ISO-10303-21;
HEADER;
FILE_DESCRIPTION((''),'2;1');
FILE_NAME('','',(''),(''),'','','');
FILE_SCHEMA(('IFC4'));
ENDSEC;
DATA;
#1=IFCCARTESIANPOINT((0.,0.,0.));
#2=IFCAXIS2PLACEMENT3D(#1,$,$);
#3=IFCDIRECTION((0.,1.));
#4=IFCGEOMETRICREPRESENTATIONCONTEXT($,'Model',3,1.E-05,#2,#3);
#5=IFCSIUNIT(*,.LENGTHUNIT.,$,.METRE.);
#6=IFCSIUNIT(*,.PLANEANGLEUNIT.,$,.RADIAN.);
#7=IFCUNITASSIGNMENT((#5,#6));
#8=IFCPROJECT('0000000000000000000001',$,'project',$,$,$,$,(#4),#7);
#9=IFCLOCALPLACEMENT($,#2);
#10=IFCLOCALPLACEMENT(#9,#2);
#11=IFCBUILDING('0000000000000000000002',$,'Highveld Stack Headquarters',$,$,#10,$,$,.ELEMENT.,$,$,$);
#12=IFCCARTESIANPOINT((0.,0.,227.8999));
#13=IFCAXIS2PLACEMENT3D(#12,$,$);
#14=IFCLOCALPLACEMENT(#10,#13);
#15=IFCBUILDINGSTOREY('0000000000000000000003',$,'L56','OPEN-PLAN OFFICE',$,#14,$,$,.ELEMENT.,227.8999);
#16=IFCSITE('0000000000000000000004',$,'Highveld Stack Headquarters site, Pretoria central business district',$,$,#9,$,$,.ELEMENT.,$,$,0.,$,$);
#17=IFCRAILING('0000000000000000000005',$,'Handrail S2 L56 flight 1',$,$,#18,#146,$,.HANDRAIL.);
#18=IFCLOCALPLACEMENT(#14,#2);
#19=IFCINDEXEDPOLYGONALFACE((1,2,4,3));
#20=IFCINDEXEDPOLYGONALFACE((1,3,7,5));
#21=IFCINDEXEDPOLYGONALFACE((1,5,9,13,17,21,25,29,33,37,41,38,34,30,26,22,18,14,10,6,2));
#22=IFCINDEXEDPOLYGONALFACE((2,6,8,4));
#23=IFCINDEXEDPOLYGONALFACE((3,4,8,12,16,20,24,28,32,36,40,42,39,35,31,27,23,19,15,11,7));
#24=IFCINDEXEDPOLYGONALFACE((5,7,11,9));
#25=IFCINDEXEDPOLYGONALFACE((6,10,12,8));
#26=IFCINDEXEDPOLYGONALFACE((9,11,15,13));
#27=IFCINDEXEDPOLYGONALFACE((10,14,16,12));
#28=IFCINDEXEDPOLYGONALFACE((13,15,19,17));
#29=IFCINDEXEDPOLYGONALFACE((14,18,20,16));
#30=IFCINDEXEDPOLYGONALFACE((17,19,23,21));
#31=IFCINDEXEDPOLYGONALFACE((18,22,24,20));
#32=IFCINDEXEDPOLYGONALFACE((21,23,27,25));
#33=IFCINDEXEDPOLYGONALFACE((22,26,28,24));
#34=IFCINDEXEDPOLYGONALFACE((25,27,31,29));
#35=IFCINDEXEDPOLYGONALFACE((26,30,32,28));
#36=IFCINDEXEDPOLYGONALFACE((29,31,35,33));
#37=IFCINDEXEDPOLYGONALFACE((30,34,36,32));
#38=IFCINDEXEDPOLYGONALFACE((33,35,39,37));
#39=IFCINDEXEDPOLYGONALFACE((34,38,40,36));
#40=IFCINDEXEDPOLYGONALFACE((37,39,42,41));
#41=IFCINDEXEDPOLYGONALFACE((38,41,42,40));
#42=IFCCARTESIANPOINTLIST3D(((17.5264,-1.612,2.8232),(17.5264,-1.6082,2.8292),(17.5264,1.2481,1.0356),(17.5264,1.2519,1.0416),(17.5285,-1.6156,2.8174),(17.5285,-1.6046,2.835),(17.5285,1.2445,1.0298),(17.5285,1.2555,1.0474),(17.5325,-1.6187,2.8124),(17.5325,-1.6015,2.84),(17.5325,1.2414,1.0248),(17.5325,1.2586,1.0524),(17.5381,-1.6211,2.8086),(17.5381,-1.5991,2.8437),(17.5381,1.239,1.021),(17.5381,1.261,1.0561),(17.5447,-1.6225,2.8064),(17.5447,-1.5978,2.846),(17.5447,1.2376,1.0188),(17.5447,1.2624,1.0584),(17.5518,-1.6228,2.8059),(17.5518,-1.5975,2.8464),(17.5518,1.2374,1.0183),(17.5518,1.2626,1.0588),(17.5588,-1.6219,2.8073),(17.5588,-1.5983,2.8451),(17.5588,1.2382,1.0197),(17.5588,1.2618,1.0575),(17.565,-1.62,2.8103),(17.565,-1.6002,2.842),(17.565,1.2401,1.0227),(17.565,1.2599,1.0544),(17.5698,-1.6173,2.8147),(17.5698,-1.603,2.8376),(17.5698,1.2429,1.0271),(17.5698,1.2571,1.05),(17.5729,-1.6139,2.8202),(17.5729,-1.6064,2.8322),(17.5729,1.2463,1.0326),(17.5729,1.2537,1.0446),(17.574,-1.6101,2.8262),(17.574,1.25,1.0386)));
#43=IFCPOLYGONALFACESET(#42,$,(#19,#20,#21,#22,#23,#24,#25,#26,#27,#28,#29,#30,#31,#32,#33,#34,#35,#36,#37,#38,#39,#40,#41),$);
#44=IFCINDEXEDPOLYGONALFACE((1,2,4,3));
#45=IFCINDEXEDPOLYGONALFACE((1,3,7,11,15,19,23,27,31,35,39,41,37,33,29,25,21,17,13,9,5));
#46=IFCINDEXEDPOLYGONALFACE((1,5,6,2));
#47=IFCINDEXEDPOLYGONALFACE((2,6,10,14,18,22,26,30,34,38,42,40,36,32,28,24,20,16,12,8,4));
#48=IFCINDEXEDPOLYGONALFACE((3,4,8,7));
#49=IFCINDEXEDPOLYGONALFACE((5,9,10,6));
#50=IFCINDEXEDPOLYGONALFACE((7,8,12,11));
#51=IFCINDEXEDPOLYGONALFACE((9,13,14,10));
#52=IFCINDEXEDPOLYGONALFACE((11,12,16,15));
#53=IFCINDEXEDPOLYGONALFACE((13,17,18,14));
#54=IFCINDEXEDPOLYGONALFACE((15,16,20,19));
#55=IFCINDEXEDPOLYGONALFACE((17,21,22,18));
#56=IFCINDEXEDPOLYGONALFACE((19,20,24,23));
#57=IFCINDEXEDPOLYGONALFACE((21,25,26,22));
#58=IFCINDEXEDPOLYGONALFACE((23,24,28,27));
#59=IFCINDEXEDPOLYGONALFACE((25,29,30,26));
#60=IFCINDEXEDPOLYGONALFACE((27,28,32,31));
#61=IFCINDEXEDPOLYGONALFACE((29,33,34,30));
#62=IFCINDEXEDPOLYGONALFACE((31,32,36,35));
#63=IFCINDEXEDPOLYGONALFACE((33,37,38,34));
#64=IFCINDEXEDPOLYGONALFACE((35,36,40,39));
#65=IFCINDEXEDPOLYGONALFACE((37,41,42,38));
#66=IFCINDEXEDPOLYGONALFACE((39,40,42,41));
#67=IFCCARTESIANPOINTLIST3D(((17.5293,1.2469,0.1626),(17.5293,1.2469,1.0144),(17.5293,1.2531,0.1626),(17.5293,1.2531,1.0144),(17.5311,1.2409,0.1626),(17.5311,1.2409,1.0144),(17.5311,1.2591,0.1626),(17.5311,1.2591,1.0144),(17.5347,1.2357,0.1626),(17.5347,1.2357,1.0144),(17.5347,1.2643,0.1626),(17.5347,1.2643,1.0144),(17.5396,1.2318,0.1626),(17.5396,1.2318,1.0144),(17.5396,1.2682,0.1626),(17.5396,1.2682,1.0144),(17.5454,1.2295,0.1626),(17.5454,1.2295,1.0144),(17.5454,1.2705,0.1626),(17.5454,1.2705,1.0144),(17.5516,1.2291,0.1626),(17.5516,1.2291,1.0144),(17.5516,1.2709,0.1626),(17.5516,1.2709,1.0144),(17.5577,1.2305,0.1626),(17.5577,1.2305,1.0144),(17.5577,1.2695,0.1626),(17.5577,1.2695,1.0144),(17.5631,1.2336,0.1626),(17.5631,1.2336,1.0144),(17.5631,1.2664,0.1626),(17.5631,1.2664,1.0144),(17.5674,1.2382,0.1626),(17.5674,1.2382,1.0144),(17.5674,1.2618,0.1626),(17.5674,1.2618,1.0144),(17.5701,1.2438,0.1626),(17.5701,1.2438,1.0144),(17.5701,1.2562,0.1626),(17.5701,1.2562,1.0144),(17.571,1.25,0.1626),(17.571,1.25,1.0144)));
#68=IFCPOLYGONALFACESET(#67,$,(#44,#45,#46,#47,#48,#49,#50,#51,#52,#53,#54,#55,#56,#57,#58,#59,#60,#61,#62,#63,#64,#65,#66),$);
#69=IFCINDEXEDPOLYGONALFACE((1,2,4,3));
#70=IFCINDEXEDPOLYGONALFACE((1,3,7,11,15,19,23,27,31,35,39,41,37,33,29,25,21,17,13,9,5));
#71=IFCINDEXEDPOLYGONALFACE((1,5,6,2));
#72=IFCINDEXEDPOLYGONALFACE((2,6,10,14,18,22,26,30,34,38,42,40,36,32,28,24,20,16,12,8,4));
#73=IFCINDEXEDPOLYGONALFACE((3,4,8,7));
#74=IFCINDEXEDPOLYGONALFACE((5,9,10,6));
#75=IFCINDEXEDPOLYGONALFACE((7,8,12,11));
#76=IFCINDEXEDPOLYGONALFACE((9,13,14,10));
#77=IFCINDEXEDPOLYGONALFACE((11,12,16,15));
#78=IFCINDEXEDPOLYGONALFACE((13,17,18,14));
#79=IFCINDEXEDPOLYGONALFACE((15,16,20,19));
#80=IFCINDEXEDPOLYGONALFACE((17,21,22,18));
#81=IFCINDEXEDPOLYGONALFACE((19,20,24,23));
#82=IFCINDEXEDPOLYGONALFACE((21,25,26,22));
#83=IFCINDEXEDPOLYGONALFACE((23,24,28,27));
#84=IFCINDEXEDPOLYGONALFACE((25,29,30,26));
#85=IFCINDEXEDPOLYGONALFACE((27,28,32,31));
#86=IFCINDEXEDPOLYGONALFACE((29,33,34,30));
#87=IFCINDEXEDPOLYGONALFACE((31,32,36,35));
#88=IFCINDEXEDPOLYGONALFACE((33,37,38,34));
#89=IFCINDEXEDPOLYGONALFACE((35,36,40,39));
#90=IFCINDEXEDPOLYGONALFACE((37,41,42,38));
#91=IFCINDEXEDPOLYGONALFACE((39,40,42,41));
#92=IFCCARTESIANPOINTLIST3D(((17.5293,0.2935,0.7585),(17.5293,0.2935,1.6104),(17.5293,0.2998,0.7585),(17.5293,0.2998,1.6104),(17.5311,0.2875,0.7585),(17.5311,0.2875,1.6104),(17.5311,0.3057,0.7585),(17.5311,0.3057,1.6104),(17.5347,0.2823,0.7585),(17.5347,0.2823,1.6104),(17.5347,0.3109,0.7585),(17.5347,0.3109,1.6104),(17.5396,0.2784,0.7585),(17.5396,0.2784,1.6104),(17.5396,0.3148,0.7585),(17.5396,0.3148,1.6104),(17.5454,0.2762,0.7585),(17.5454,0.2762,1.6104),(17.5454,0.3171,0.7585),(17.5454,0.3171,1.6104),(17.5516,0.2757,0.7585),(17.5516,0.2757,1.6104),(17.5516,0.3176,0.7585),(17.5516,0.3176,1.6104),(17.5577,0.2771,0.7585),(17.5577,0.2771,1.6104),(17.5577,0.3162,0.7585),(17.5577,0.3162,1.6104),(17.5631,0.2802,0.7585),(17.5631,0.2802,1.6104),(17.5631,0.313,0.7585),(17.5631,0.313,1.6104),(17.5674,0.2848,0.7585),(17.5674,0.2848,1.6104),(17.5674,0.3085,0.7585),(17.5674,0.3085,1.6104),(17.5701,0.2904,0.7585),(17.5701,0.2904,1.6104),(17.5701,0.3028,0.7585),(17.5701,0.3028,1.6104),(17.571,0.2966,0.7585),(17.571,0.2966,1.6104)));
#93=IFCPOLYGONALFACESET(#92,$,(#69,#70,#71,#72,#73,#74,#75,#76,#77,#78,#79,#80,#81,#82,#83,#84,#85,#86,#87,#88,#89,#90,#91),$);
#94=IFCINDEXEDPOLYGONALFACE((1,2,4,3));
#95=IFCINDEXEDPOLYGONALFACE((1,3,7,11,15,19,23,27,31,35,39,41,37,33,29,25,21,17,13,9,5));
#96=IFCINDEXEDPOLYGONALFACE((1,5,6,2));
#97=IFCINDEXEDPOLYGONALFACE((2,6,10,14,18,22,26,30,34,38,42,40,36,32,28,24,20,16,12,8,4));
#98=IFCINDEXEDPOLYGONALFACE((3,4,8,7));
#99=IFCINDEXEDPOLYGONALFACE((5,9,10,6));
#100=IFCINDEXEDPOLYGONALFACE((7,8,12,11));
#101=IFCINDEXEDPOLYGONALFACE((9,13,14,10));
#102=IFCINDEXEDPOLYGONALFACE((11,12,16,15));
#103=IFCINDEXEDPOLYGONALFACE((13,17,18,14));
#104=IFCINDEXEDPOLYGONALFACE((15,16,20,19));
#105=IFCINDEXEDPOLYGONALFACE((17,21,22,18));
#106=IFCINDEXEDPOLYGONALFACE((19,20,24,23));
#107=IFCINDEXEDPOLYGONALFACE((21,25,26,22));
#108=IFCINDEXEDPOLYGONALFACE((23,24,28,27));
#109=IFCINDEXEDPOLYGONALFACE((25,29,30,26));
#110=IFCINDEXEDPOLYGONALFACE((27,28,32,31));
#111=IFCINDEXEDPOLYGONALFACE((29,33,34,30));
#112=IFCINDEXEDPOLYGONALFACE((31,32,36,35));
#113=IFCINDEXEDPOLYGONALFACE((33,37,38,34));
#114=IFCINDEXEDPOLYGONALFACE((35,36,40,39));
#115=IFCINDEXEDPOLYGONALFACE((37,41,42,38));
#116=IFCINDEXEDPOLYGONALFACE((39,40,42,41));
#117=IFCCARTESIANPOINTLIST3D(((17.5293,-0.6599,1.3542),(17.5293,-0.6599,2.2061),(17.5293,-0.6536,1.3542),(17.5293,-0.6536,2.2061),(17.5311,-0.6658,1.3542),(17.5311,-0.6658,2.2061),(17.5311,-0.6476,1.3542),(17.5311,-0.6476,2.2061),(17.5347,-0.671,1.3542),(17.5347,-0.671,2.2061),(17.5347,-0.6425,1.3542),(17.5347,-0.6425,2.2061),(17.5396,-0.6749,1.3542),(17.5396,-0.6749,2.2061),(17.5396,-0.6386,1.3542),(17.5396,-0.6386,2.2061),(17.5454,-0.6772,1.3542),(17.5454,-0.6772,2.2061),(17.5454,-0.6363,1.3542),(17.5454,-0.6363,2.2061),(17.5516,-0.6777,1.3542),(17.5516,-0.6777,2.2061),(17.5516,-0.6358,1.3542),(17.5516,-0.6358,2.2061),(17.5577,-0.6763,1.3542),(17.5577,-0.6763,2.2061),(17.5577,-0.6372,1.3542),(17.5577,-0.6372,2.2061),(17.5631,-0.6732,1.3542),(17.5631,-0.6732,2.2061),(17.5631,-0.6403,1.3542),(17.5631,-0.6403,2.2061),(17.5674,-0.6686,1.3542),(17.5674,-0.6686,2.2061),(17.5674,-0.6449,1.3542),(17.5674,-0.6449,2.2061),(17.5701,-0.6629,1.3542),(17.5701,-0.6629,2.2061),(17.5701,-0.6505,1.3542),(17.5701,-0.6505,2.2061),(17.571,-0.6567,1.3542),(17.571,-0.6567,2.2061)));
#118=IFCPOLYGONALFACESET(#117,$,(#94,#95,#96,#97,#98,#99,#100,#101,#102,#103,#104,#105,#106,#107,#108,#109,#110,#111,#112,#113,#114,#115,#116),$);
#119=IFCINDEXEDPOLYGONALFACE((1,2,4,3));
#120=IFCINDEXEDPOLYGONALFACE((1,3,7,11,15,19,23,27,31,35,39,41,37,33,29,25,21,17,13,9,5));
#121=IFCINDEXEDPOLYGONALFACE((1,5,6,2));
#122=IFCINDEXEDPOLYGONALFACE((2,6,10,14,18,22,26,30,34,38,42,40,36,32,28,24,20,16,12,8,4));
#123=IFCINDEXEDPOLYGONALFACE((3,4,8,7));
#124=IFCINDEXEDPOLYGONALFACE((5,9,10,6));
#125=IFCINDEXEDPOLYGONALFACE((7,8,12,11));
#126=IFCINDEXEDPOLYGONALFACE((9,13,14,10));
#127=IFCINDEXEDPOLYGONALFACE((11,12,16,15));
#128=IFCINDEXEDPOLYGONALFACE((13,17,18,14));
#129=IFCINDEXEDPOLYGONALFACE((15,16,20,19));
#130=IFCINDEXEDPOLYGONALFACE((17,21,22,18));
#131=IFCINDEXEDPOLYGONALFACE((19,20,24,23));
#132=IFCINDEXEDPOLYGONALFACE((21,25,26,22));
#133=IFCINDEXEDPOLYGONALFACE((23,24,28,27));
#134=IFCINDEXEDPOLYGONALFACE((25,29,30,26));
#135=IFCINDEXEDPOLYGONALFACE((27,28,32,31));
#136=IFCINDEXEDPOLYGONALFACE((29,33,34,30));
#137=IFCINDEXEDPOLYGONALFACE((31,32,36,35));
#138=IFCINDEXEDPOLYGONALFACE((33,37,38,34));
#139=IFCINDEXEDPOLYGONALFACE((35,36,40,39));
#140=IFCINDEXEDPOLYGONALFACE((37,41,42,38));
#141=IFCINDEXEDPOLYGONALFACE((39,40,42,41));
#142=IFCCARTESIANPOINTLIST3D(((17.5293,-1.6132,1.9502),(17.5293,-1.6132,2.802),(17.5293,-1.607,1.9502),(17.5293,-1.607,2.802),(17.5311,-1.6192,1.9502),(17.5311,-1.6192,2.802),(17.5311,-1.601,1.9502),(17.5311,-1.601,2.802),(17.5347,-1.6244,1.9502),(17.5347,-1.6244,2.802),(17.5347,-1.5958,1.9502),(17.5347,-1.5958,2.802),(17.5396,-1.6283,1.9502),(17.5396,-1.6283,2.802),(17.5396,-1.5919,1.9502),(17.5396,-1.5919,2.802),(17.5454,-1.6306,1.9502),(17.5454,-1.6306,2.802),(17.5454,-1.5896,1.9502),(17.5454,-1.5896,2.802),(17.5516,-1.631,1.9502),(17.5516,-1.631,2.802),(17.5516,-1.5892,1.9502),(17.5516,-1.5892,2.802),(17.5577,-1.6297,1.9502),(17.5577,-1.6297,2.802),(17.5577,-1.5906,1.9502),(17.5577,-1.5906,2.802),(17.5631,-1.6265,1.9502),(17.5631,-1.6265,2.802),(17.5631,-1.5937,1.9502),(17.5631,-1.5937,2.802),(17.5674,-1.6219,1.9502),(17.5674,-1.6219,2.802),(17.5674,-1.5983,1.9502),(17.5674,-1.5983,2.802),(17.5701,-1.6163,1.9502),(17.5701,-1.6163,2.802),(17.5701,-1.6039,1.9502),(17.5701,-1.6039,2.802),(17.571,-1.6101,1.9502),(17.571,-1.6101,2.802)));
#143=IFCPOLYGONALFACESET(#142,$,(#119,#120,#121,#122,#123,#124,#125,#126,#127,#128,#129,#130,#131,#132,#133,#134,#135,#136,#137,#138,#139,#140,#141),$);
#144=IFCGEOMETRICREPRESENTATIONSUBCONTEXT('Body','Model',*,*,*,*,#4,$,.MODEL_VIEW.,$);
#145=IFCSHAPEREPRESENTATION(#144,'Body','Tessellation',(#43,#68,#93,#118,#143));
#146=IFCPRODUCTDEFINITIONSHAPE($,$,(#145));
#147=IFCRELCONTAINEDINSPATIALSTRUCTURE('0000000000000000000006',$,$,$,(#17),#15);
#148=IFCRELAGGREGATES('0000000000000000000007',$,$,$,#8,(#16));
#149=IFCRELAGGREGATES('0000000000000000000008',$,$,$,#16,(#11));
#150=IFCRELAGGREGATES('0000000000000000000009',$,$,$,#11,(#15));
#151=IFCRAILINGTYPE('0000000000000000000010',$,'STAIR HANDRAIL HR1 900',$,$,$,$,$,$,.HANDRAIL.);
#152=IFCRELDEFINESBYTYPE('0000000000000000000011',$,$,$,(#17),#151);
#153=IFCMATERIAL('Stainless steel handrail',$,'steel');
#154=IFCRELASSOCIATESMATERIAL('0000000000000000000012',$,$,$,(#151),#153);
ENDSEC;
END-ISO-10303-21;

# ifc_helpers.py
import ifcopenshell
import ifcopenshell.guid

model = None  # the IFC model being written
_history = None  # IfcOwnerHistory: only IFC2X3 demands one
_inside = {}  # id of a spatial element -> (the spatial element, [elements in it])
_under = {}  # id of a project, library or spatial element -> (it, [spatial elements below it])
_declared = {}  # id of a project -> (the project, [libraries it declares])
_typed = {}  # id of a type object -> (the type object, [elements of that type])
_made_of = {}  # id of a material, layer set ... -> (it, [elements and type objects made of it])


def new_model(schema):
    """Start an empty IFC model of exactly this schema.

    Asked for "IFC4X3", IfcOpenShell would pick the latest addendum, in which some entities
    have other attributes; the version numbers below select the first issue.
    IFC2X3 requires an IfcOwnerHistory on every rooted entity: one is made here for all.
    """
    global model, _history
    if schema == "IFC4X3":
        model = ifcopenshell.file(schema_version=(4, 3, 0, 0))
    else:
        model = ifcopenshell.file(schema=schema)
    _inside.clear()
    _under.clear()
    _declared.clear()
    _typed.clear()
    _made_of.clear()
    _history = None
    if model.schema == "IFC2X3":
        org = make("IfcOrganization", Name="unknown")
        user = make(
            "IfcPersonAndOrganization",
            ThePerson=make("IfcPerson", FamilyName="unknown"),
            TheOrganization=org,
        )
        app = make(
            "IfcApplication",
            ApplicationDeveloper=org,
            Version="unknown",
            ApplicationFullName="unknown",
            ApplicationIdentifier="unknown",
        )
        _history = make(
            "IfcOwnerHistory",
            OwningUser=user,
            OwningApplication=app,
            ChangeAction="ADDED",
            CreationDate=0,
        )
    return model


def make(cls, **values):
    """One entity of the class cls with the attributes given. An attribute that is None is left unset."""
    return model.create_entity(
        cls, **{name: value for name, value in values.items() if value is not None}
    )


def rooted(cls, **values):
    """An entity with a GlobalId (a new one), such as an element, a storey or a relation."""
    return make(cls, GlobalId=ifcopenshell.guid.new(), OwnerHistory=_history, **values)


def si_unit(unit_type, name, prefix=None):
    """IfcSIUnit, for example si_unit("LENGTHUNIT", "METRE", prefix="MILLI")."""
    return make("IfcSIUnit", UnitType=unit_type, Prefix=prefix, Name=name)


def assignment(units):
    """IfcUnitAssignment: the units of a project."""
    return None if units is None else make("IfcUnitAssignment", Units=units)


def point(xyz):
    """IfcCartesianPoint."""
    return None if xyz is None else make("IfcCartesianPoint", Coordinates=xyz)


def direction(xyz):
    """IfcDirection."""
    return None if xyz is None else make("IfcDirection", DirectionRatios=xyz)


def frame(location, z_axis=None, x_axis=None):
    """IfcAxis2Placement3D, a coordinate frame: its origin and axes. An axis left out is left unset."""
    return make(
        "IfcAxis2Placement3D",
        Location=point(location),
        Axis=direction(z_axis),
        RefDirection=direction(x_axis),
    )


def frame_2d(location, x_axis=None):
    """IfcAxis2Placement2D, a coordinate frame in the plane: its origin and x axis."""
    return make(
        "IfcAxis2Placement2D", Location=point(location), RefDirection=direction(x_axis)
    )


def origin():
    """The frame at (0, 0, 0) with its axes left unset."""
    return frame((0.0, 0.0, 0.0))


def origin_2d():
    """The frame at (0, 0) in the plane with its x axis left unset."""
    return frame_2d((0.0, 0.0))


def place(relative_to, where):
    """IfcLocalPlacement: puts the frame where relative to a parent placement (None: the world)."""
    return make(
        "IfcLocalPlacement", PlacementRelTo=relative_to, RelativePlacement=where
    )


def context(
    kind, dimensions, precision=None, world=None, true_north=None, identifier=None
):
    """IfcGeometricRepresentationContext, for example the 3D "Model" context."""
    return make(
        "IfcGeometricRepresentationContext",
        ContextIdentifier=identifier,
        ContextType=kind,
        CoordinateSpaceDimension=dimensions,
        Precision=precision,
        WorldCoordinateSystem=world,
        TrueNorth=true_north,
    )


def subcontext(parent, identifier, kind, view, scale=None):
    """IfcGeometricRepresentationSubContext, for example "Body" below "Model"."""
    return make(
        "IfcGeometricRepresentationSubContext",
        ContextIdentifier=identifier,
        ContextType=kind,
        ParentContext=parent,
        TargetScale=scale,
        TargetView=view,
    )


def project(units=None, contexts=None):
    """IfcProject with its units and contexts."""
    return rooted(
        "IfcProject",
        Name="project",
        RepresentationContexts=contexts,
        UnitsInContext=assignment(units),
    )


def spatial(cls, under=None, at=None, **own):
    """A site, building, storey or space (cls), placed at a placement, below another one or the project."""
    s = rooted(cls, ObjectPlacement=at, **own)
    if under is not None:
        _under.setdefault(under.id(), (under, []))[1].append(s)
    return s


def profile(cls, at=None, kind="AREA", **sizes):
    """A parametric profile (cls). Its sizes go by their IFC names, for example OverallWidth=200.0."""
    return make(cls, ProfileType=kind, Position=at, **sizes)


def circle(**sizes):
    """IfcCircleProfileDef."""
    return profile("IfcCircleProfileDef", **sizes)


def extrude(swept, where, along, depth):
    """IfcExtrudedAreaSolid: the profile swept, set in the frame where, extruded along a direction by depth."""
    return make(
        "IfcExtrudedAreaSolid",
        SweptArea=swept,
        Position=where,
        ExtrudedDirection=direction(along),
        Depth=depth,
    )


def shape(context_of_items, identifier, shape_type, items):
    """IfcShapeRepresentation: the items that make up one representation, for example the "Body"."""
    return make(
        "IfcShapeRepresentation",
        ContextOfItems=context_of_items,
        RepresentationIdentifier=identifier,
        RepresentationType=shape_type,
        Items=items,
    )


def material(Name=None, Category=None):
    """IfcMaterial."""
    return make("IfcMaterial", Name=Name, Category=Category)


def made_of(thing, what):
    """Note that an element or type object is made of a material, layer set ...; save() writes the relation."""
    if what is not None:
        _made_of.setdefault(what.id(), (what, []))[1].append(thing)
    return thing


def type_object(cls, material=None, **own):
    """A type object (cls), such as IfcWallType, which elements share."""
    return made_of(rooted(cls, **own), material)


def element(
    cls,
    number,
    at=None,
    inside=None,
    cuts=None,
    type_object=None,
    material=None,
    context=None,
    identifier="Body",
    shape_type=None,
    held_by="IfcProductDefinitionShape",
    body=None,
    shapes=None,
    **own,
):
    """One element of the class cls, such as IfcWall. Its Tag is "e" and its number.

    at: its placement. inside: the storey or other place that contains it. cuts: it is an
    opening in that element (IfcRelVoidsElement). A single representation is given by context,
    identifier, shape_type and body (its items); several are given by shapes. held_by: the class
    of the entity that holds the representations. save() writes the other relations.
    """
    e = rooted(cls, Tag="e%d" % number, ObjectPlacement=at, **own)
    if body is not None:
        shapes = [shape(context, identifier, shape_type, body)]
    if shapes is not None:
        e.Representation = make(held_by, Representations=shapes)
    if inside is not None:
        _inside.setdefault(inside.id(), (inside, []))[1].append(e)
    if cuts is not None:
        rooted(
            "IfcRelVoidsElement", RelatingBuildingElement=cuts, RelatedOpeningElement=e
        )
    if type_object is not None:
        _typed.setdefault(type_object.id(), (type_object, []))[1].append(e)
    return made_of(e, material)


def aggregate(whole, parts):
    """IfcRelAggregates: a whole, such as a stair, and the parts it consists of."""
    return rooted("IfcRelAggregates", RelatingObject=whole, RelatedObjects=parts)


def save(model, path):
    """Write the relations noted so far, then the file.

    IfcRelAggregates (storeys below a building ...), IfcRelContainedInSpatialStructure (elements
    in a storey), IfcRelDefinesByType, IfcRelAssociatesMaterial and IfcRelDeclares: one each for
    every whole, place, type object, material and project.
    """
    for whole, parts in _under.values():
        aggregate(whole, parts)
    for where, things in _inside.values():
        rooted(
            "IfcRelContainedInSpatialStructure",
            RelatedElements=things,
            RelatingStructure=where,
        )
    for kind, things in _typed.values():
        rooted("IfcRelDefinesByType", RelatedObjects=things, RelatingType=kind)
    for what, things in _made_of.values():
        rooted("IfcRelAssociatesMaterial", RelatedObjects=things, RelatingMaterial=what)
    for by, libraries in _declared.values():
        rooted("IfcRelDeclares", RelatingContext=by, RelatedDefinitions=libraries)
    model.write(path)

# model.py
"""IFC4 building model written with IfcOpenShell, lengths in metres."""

from ifc_helpers import new_model, si_unit, direction, frame, origin, origin_2d, place, context, subcontext, project, spatial, circle, extrude, material, type_object, element, save


model = new_model("IFC4")

# Units and contexts
model_context = context("Model", 3, precision=1e-05, world=origin(), true_north=direction((0.0, 1.0)))
body_context = subcontext(model_context, "Body", "Model", "MODEL_VIEW")
ifc_project = project(units=[si_unit("LENGTHUNIT", "METRE"), si_unit("PLANEANGLEUNIT", "RADIAN")], contexts=[model_context])

# Site, building, storey
site_placement = place(None, origin())
site = spatial("IfcSite", under=ifc_project, at=site_placement, Name="Highveld Stack Headquarters site, Pretoria central business district", CompositionType="ELEMENT", RefElevation=0.0)
building_placement = place(site_placement, origin())
building = spatial("IfcBuilding", under=site, at=building_placement, Name="Highveld Stack Headquarters", CompositionType="ELEMENT")
storey_placement = place(building_placement, frame((0.0, 0.0, 227.8999)))
storey = spatial("IfcBuildingStorey", under=building, at=storey_placement, Name="L56", Description="OPEN-PLAN OFFICE", CompositionType="ELEMENT", Elevation=227.8999)

# Railing
ifc_material_1 = material(Name="Stainless steel handrail", Category="steel")
railing_type = type_object("IfcRailingType", Name="STAIR HANDRAIL HR1 900", PredefinedType="HANDRAIL", material=ifc_material_1)
for number, where, name in (
    (1, (17.55, 1.25, 0.1626), "Handrail S2 L56 flight 1"),
):
    element("IfcRailing", number, at=place(storey_placement, frame(where)), inside=storey, type_object=railing_type, Name=name, PredefinedType="HANDRAIL", context=body_context, shape_type="SweptSolid", body=[
        extrude(circle(Radius=0.0239, at=origin_2d()), frame((0.0, 0.0, 0.876), z_axis=(0.0, -0.847994, 0.530005), x_axis=(1.0, 0.0, 0.0)), (0.0, 0.0, 1.0), 3.3728),
        extrude(circle(Radius=0.021, at=origin_2d()), origin(), (0.0, 0.0, 1.0), 0.8518),
        extrude(circle(Radius=0.021, at=origin_2d()), frame((0.0, -0.9534, 0.5959)), (0.0, 0.0, 1.0), 0.8518),
        extrude(circle(Radius=0.021, at=origin_2d()), frame((0.0, -1.9067, 1.1917)), (0.0, 0.0, 1.0), 0.8518),
        extrude(circle(Radius=0.021, at=origin_2d()), frame((0.0, -2.8601, 1.7876)), (0.0, 0.0, 1.0), 0.8518),
    ])

save(model, "model.ifc")
